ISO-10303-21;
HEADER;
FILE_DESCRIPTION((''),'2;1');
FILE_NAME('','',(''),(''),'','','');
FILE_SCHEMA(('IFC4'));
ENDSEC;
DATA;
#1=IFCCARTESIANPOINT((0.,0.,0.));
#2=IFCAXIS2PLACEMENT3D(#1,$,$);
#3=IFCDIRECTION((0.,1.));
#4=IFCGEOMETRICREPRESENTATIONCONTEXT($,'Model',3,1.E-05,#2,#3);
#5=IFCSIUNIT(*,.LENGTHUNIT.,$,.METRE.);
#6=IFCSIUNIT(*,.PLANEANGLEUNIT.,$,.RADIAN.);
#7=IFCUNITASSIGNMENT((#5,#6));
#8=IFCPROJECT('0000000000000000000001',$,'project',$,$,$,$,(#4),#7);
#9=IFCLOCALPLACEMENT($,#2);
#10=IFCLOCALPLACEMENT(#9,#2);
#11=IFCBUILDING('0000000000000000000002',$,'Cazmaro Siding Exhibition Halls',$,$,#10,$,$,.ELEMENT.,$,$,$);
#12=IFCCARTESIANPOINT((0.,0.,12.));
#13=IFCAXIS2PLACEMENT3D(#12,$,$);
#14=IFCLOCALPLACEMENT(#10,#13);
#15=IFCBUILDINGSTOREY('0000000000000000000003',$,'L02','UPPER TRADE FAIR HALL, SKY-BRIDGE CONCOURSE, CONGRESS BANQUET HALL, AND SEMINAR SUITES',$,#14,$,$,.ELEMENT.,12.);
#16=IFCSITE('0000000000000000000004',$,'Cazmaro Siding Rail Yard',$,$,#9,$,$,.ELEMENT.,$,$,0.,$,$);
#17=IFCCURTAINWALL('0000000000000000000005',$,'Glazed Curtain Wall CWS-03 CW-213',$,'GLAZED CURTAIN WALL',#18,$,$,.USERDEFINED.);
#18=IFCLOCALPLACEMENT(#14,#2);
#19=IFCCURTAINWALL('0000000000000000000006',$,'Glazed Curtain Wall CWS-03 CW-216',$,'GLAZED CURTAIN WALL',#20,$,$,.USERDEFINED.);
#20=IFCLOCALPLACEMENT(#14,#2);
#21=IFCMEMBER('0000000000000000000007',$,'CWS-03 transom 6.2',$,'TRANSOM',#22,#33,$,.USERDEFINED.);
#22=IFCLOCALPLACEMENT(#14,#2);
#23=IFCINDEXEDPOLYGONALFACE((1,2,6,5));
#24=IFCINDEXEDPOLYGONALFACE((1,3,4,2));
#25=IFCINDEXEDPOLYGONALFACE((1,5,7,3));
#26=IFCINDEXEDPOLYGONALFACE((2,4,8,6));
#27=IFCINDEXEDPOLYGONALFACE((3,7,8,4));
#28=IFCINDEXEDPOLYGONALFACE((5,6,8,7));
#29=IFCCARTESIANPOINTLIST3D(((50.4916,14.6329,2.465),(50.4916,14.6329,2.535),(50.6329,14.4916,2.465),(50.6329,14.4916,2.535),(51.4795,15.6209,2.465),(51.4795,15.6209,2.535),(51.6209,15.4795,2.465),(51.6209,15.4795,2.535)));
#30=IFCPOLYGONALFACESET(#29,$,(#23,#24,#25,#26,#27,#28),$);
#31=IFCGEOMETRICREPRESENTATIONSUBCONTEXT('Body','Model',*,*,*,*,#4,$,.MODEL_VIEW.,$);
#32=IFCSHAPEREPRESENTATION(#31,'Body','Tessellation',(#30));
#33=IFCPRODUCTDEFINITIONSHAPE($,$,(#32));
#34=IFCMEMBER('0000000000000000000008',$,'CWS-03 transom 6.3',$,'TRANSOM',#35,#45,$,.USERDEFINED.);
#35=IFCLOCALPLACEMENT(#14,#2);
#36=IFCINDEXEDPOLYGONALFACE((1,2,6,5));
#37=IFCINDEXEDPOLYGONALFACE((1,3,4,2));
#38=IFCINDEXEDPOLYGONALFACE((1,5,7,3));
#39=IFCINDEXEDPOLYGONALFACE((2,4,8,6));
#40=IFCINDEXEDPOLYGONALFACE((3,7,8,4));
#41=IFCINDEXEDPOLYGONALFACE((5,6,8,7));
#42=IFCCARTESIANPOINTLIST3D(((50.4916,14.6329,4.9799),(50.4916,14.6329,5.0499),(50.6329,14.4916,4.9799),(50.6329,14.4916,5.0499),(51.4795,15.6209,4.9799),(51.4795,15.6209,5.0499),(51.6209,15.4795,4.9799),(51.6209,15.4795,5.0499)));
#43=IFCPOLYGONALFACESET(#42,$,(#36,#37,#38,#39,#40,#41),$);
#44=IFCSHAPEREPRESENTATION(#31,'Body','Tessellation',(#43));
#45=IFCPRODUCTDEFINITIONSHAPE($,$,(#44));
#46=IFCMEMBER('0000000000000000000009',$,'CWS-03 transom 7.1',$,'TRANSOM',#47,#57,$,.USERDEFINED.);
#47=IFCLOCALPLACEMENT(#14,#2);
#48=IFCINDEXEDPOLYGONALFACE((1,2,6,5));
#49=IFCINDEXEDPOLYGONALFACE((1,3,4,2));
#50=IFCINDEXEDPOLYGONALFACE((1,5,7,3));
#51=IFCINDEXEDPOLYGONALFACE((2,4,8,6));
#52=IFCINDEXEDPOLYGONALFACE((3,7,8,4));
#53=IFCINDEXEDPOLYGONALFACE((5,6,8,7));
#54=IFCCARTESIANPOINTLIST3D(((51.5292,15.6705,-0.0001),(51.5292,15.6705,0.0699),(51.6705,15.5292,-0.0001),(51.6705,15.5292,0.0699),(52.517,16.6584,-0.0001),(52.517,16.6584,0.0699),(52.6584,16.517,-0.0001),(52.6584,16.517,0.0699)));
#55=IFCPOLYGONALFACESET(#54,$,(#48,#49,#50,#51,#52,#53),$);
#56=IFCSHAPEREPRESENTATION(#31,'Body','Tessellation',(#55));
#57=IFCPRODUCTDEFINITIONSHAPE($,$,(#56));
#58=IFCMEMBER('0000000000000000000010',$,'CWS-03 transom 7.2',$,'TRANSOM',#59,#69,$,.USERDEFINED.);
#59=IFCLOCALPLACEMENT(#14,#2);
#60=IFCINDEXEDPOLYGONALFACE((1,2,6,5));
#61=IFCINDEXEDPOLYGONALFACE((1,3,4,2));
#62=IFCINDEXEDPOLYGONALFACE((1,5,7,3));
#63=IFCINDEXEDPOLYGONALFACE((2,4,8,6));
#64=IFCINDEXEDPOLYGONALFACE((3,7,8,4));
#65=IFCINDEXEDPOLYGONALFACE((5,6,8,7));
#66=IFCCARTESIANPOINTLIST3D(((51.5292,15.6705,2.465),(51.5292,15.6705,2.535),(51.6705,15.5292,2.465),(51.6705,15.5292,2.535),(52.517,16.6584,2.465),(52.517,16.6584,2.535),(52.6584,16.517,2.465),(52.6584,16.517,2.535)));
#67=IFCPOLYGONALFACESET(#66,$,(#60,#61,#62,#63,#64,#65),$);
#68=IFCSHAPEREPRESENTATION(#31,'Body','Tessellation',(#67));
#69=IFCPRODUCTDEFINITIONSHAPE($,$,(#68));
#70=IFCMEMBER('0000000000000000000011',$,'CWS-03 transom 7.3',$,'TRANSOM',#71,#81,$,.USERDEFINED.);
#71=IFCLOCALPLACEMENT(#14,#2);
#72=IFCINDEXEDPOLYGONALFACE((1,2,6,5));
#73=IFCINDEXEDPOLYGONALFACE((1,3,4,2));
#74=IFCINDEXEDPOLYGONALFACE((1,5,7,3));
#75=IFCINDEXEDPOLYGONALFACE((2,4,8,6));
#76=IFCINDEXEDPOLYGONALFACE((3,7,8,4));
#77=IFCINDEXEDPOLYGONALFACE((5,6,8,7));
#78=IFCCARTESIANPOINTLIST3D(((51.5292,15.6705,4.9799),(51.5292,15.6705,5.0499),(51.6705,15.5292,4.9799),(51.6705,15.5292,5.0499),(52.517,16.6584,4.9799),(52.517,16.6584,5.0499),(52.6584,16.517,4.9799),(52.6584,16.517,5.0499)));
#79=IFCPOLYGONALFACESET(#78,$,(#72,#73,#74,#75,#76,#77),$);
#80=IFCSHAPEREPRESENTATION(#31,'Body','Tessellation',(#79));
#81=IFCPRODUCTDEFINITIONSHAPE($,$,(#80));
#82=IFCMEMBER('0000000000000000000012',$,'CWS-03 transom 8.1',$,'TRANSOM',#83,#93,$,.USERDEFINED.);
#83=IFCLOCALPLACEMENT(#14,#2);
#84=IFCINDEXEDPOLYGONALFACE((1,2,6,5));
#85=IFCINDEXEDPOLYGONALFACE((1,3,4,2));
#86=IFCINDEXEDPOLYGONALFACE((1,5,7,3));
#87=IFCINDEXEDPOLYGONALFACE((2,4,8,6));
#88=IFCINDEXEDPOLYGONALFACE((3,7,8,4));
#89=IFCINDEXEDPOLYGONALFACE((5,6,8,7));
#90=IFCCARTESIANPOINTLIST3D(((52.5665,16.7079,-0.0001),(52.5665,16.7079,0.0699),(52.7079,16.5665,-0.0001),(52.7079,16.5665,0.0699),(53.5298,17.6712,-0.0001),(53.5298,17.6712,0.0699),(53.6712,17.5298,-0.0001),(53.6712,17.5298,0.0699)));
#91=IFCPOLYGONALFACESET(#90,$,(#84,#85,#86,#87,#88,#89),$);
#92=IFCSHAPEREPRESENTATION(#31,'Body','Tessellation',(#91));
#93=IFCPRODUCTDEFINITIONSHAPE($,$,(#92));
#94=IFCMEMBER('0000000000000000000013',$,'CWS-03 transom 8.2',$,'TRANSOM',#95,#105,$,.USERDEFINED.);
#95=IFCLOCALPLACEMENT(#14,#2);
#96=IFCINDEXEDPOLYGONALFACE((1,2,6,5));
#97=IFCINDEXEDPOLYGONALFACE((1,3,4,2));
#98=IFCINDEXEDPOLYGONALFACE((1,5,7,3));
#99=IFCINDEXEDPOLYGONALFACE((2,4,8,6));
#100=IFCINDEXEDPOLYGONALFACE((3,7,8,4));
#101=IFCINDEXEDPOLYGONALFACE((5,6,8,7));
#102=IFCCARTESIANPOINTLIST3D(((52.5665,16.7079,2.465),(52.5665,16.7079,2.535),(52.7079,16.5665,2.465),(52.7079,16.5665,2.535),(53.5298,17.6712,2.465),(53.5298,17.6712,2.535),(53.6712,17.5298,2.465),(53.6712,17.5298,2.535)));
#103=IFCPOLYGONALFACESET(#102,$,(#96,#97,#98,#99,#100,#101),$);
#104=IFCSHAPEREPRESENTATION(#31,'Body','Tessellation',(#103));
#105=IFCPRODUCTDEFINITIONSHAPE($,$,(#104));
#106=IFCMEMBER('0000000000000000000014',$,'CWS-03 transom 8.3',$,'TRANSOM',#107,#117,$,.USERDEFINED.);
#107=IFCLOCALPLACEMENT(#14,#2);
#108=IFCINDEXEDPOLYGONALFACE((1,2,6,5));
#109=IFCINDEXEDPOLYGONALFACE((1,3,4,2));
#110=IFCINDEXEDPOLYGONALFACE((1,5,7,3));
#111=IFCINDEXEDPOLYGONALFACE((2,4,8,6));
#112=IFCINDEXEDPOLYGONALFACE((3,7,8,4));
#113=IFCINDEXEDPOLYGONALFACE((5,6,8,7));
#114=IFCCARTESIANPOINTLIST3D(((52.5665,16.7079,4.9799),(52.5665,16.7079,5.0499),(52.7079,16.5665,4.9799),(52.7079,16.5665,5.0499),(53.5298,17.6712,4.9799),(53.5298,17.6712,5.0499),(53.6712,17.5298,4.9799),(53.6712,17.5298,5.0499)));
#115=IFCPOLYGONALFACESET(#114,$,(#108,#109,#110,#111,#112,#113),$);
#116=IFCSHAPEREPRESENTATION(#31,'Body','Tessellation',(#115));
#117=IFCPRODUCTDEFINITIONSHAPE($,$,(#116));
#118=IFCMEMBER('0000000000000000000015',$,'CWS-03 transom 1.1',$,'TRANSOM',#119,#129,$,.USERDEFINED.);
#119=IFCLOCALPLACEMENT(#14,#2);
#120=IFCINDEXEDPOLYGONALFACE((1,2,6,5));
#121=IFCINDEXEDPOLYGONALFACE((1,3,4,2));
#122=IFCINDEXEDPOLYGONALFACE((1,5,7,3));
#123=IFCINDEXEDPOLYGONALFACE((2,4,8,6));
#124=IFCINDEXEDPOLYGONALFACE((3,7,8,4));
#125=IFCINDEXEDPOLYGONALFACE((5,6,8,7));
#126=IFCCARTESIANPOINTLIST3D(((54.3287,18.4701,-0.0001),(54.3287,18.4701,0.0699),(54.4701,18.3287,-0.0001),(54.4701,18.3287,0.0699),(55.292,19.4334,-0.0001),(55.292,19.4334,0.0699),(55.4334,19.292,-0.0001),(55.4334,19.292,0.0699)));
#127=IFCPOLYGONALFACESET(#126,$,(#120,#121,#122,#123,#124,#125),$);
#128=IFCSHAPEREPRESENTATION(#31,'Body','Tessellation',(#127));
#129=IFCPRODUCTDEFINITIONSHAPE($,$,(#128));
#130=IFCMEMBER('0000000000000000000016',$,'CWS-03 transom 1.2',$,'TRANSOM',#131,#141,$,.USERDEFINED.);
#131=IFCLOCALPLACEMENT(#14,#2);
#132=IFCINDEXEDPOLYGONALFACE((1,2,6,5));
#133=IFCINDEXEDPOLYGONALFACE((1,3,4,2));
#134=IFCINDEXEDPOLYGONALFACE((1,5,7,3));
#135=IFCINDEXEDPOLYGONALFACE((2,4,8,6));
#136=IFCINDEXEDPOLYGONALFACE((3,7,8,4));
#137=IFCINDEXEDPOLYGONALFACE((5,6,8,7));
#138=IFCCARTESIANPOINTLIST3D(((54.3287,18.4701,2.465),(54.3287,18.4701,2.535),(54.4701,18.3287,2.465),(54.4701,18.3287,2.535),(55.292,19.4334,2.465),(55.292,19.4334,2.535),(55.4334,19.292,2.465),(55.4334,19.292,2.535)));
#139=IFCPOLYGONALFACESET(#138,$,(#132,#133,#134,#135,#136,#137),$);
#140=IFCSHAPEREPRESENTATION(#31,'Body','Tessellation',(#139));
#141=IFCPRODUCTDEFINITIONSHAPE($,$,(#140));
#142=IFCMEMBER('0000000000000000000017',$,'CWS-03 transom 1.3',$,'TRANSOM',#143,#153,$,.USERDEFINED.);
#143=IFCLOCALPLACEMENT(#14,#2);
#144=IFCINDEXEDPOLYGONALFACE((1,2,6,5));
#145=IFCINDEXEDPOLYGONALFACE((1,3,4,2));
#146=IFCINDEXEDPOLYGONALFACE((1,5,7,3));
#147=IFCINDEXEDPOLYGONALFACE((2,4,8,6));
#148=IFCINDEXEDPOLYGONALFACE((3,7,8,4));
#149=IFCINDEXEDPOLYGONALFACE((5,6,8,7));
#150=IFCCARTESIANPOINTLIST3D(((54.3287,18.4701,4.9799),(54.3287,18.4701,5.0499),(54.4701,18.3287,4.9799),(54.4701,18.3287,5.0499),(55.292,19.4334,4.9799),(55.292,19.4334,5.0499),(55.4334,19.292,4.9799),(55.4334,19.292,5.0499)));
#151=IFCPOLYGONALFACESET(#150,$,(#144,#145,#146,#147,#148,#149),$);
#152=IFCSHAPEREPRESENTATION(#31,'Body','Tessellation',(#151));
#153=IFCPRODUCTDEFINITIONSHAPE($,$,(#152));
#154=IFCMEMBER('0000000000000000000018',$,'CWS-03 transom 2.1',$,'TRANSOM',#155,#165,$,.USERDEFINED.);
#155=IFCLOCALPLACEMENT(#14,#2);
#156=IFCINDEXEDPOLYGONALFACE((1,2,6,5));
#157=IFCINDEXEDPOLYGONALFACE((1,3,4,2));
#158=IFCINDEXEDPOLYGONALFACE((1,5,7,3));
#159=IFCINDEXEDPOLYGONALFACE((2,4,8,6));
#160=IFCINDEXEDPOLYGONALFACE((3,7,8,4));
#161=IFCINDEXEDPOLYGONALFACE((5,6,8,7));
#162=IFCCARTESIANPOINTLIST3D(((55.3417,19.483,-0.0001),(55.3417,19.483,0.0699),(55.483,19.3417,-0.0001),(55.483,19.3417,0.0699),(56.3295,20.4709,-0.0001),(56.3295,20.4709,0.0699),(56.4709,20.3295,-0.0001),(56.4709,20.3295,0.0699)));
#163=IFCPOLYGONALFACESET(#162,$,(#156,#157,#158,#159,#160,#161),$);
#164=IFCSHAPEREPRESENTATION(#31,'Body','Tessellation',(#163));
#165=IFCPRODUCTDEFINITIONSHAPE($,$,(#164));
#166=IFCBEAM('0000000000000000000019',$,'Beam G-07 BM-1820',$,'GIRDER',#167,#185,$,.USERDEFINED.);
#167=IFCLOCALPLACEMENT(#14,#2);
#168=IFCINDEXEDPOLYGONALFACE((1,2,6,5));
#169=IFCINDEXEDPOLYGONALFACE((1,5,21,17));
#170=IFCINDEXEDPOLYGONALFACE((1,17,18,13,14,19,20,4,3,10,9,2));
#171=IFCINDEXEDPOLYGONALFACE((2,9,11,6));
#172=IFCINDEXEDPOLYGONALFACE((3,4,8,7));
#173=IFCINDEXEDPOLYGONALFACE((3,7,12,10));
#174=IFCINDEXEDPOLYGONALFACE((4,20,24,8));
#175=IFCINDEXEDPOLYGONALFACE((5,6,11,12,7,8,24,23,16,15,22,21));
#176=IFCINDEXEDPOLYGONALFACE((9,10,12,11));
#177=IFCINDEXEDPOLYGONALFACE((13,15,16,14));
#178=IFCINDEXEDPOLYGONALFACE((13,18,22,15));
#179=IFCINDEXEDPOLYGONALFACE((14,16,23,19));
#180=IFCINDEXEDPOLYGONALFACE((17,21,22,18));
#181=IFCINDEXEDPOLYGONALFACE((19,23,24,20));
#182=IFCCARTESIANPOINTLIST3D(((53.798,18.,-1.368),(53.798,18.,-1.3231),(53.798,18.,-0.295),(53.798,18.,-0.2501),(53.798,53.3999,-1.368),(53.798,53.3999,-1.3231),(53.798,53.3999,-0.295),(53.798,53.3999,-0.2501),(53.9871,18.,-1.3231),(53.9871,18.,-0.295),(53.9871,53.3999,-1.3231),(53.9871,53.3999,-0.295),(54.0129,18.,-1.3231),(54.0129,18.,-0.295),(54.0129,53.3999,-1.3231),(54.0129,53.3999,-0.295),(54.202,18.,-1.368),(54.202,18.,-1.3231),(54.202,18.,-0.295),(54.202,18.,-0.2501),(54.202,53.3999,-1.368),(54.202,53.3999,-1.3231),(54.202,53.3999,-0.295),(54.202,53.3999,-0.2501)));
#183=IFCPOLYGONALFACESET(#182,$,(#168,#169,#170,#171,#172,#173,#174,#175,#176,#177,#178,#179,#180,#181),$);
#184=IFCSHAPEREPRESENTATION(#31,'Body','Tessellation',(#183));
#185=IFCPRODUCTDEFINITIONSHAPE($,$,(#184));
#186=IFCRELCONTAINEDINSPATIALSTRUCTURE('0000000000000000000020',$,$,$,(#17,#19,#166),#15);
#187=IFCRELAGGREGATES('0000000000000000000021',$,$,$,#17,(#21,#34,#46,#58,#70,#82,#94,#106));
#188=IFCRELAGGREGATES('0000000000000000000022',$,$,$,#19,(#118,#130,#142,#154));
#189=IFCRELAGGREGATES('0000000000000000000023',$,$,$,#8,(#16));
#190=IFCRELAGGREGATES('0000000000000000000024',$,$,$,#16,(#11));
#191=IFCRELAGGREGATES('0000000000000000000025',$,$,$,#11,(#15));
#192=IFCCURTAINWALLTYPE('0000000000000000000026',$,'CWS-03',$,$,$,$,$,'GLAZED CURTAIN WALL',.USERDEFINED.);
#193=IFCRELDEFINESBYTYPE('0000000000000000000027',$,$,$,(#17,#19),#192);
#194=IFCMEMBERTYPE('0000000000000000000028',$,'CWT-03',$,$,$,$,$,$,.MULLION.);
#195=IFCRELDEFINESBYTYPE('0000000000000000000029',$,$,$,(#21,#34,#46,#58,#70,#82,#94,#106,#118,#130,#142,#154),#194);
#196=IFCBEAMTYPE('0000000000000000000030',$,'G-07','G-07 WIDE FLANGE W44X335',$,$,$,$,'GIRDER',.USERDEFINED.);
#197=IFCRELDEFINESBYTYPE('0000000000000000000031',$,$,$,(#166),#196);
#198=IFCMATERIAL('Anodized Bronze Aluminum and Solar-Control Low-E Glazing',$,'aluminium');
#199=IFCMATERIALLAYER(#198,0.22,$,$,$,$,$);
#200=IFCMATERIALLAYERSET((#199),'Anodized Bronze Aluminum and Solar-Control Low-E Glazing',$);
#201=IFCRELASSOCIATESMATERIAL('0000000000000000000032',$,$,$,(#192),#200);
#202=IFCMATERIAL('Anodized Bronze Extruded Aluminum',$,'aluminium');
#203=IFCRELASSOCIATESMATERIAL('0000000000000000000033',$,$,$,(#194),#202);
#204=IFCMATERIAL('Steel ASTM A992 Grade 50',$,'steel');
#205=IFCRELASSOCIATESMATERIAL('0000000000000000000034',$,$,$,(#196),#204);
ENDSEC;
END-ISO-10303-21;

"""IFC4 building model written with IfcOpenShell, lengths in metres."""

from ifc_helpers import new_model, si_unit, direction, frame, origin, origin_2d, place, context, subcontext, project, spatial, rectangle, i_section, extrude, material, layer, layer_set, material_profile, profile_set, type_object, element, aggregate, save


model = new_model("IFC4")

# Units and contexts
model_context = context("Model", 3, precision=1e-05, world=origin(), true_north=direction((0.0, 1.0)))
body_context = subcontext(model_context, "Body", "Model", "MODEL_VIEW")
ifc_project = project(units=[si_unit("LENGTHUNIT", "METRE"), si_unit("PLANEANGLEUNIT", "RADIAN")], contexts=[model_context])

# Site, building, storey
site_placement = place(None, origin())
site = spatial("IfcSite", under=ifc_project, at=site_placement, Name="Cazmaro Siding Rail Yard", CompositionType="ELEMENT", RefElevation=0.0)
building_placement = place(site_placement, origin())
building = spatial("IfcBuilding", under=site, at=building_placement, Name="Cazmaro Siding Exhibition Halls", CompositionType="ELEMENT")
storey_placement = place(building_placement, frame((0.0, 0.0, 12.0)))
storey = spatial("IfcBuildingStorey", under=building, at=storey_placement, Name="L02", Description="UPPER TRADE FAIR HALL, SKY-BRIDGE CONCOURSE, CONGRESS BANQUET HALL, AND SEMINAR SUITES", CompositionType="ELEMENT", Elevation=12.0)

# Curtain walls
ifc_material_1 = material(Name="Anodized Bronze Aluminum and Solar-Control Low-E Glazing", Category="aluminium")
ifc_layer_1 = layer(ifc_material_1, 0.22)
ifc_layer_set_1 = layer_set([ifc_layer_1], Name="Anodized Bronze Aluminum and Solar-Control Low-E Glazing")
curtain_wall_type = type_object("IfcCurtainWallType", Name="CWS-03", ElementType="GLAZED CURTAIN WALL", PredefinedType="USERDEFINED", material=ifc_layer_set_1)
curtain_wall_1_placement = place(storey_placement, origin())
curtain_wall_1 = element("IfcCurtainWall", 1, at=curtain_wall_1_placement, inside=storey, type_object=curtain_wall_type, Name="Glazed Curtain Wall CWS-03 CW-213", ObjectType="GLAZED CURTAIN WALL", PredefinedType="USERDEFINED")
curtain_wall_2_placement = place(storey_placement, origin())
curtain_wall_2 = element("IfcCurtainWall", 2, at=curtain_wall_2_placement, inside=storey, type_object=curtain_wall_type, Name="Glazed Curtain Wall CWS-03 CW-216", ObjectType="GLAZED CURTAIN WALL", PredefinedType="USERDEFINED")

# Members
ifc_material_2 = material(Name="Anodized Bronze Extruded Aluminum", Category="aluminium")
ifc_material_profile_1 = material_profile(ifc_material_2, rectangle(XDim=0.2, YDim=0.0701, at=origin_2d()), Name="CWT-03")
ifc_profile_set_1 = profile_set([ifc_material_profile_1], Name="Anodized Bronze Extruded Aluminum")
member_type_1 = type_object("IfcMemberType", Name="CWT-03", PredefinedType="MULLION", material=ifc_profile_set_1)
member_1_placement = place(storey_placement, frame((50.5623, 14.5623, 2.5), z_axis=(0.707107, 0.707107, 0.0), x_axis=(-0.707107, 0.707107, 0.0)))
member_1 = element("IfcMember", 3, at=member_1_placement, type_object=member_type_1, Name="CWS-03 transom 6.2", ObjectType="TRANSOM", PredefinedType="USERDEFINED", context=body_context, shape_type="SweptSolid", body=[
    extrude(rectangle(XDim=0.2, YDim=0.0701, at=origin_2d()), origin(), (0.0, 0.0, 1.0), 1.3972),
])
member_2_placement = place(storey_placement, frame((50.5623, 14.5623, 5.0149), z_axis=(0.707107, 0.707107, 0.0), x_axis=(-0.707107, 0.707107, 0.0)))
member_2 = element("IfcMember", 4, at=member_2_placement, type_object=member_type_1, Name="CWS-03 transom 6.3", ObjectType="TRANSOM", PredefinedType="USERDEFINED", context=body_context, shape_type="SweptSolid", body=[
    extrude(rectangle(XDim=0.2, YDim=0.0701, at=origin_2d()), origin(), (0.0, 0.0, 1.0), 1.3972),
])
member_3_placement = place(storey_placement, frame((51.5999, 15.5999, 0.0349), z_axis=(0.707107, 0.707107, 0.0), x_axis=(-0.707107, 0.707107, 0.0)))
member_3 = element("IfcMember", 5, at=member_3_placement, type_object=member_type_1, Name="CWS-03 transom 7.1", ObjectType="TRANSOM", PredefinedType="USERDEFINED", context=body_context, shape_type="SweptSolid", body=[
    extrude(rectangle(XDim=0.2, YDim=0.0701, at=origin_2d()), origin(), (0.0, 0.0, 1.0), 1.397),
])
member_4_placement = place(storey_placement, frame((51.5999, 15.5999, 2.5), z_axis=(0.707107, 0.707107, 0.0), x_axis=(-0.707107, 0.707107, 0.0)))
member_4 = element("IfcMember", 6, at=member_4_placement, type_object=member_type_1, Name="CWS-03 transom 7.2", ObjectType="TRANSOM", PredefinedType="USERDEFINED", context=body_context, shape_type="SweptSolid", body=[
    extrude(rectangle(XDim=0.2, YDim=0.0701, at=origin_2d()), origin(), (0.0, 0.0, 1.0), 1.397),
])
member_5_placement = place(storey_placement, frame((51.5999, 15.5999, 5.0149), z_axis=(0.707107, 0.707107, 0.0), x_axis=(-0.707107, 0.707107, 0.0)))
member_5 = element("IfcMember", 7, at=member_5_placement, type_object=member_type_1, Name="CWS-03 transom 7.3", ObjectType="TRANSOM", PredefinedType="USERDEFINED", context=body_context, shape_type="SweptSolid", body=[
    extrude(rectangle(XDim=0.2, YDim=0.0701, at=origin_2d()), origin(), (0.0, 0.0, 1.0), 1.397),
])
member_6_placement = place(storey_placement, frame((52.6372, 16.6372, 0.0349), z_axis=(0.707107, 0.707107, 0.0), x_axis=(-0.707107, 0.707107, 0.0)))
member_6 = element("IfcMember", 8, at=member_6_placement, type_object=member_type_1, Name="CWS-03 transom 8.1", ObjectType="TRANSOM", PredefinedType="USERDEFINED", context=body_context, shape_type="SweptSolid", body=[
    extrude(rectangle(XDim=0.2, YDim=0.0701, at=origin_2d()), origin(), (0.0, 0.0, 1.0), 1.3623),
])
member_7_placement = place(storey_placement, frame((52.6372, 16.6372, 2.5), z_axis=(0.707107, 0.707107, 0.0), x_axis=(-0.707107, 0.707107, 0.0)))
member_7 = element("IfcMember", 9, at=member_7_placement, type_object=member_type_1, Name="CWS-03 transom 8.2", ObjectType="TRANSOM", PredefinedType="USERDEFINED", context=body_context, shape_type="SweptSolid", body=[
    extrude(rectangle(XDim=0.2, YDim=0.0701, at=origin_2d()), origin(), (0.0, 0.0, 1.0), 1.3623),
])
member_8_placement = place(storey_placement, frame((52.6372, 16.6372, 5.0149), z_axis=(0.707107, 0.707107, 0.0), x_axis=(-0.707107, 0.707107, 0.0)))
member_8 = element("IfcMember", 10, at=member_8_placement, type_object=member_type_1, Name="CWS-03 transom 8.3", ObjectType="TRANSOM", PredefinedType="USERDEFINED", context=body_context, shape_type="SweptSolid", body=[
    extrude(rectangle(XDim=0.2, YDim=0.0701, at=origin_2d()), origin(), (0.0, 0.0, 1.0), 1.3623),
])
member_9_placement = place(storey_placement, frame((54.3994, 18.3994, 0.0349), z_axis=(0.707107, 0.707107, 0.0), x_axis=(-0.707107, 0.707107, 0.0)))
member_9 = element("IfcMember", 11, at=member_9_placement, type_object=member_type_1, Name="CWS-03 transom 1.1", ObjectType="TRANSOM", PredefinedType="USERDEFINED", context=body_context, shape_type="SweptSolid", body=[
    extrude(rectangle(XDim=0.2, YDim=0.0701, at=origin_2d()), origin(), (0.0, 0.0, 1.0), 1.3623),
])
member_10_placement = place(storey_placement, frame((54.3994, 18.3994, 2.5), z_axis=(0.707107, 0.707107, 0.0), x_axis=(-0.707107, 0.707107, 0.0)))
member_10 = element("IfcMember", 12, at=member_10_placement, type_object=member_type_1, Name="CWS-03 transom 1.2", ObjectType="TRANSOM", PredefinedType="USERDEFINED", context=body_context, shape_type="SweptSolid", body=[
    extrude(rectangle(XDim=0.2, YDim=0.0701, at=origin_2d()), origin(), (0.0, 0.0, 1.0), 1.3623),
])
member_11_placement = place(storey_placement, frame((54.3994, 18.3994, 5.0149), z_axis=(0.707107, 0.707107, 0.0), x_axis=(-0.707107, 0.707107, 0.0)))
member_11 = element("IfcMember", 13, at=member_11_placement, type_object=member_type_1, Name="CWS-03 transom 1.3", ObjectType="TRANSOM", PredefinedType="USERDEFINED", context=body_context, shape_type="SweptSolid", body=[
    extrude(rectangle(XDim=0.2, YDim=0.0701, at=origin_2d()), origin(), (0.0, 0.0, 1.0), 1.3623),
])
member_12_placement = place(storey_placement, frame((55.4124, 19.4124, 0.0349), z_axis=(0.707107, 0.707107, 0.0), x_axis=(-0.707107, 0.707107, 0.0)))
member_12 = element("IfcMember", 14, at=member_12_placement, type_object=member_type_1, Name="CWS-03 transom 2.1", ObjectType="TRANSOM", PredefinedType="USERDEFINED", context=body_context, shape_type="SweptSolid", body=[
    extrude(rectangle(XDim=0.2, YDim=0.0701, at=origin_2d()), origin(), (0.0, 0.0, 1.0), 1.397),
])

# Beam
ifc_material_3 = material(Name="Steel ASTM A992 Grade 50", Category="steel")
ifc_material_profile_2 = material_profile(ifc_material_3, i_section(OverallWidth=0.4041, OverallDepth=1.1179, WebThickness=0.0259, FlangeThickness=0.0449, at=origin_2d()), Name="W44X335")
ifc_profile_set_2 = profile_set([ifc_material_profile_2], Name="Steel ASTM A992 Grade 50")
beam_type_1 = type_object("IfcBeamType", Name="G-07", Description="G-07 WIDE FLANGE W44X335", ElementType="GIRDER", PredefinedType="USERDEFINED", material=ifc_profile_set_2)
beam_1_placement = place(storey_placement, frame((54.0, 18.0, -0.8091), z_axis=(0.0, 1.0, 0.0), x_axis=(-1.0, 0.0, 0.0)))
element("IfcBeam", 15, at=beam_1_placement, inside=storey, type_object=beam_type_1, Name="Beam G-07 BM-1820", ObjectType="GIRDER", PredefinedType="USERDEFINED", context=body_context, shape_type="SweptSolid", body=[
    extrude(i_section(OverallWidth=0.4041, OverallDepth=1.1179, WebThickness=0.0259, FlangeThickness=0.0449, at=origin_2d()), origin(), (0.0, 0.0, 1.0), 35.3999),
])

aggregate(curtain_wall_1, [member_1, member_2, member_3, member_4, member_5, member_6, member_7, member_8])
aggregate(curtain_wall_2, [member_9, member_10, member_11, member_12])

save(model, "model.ifc")
